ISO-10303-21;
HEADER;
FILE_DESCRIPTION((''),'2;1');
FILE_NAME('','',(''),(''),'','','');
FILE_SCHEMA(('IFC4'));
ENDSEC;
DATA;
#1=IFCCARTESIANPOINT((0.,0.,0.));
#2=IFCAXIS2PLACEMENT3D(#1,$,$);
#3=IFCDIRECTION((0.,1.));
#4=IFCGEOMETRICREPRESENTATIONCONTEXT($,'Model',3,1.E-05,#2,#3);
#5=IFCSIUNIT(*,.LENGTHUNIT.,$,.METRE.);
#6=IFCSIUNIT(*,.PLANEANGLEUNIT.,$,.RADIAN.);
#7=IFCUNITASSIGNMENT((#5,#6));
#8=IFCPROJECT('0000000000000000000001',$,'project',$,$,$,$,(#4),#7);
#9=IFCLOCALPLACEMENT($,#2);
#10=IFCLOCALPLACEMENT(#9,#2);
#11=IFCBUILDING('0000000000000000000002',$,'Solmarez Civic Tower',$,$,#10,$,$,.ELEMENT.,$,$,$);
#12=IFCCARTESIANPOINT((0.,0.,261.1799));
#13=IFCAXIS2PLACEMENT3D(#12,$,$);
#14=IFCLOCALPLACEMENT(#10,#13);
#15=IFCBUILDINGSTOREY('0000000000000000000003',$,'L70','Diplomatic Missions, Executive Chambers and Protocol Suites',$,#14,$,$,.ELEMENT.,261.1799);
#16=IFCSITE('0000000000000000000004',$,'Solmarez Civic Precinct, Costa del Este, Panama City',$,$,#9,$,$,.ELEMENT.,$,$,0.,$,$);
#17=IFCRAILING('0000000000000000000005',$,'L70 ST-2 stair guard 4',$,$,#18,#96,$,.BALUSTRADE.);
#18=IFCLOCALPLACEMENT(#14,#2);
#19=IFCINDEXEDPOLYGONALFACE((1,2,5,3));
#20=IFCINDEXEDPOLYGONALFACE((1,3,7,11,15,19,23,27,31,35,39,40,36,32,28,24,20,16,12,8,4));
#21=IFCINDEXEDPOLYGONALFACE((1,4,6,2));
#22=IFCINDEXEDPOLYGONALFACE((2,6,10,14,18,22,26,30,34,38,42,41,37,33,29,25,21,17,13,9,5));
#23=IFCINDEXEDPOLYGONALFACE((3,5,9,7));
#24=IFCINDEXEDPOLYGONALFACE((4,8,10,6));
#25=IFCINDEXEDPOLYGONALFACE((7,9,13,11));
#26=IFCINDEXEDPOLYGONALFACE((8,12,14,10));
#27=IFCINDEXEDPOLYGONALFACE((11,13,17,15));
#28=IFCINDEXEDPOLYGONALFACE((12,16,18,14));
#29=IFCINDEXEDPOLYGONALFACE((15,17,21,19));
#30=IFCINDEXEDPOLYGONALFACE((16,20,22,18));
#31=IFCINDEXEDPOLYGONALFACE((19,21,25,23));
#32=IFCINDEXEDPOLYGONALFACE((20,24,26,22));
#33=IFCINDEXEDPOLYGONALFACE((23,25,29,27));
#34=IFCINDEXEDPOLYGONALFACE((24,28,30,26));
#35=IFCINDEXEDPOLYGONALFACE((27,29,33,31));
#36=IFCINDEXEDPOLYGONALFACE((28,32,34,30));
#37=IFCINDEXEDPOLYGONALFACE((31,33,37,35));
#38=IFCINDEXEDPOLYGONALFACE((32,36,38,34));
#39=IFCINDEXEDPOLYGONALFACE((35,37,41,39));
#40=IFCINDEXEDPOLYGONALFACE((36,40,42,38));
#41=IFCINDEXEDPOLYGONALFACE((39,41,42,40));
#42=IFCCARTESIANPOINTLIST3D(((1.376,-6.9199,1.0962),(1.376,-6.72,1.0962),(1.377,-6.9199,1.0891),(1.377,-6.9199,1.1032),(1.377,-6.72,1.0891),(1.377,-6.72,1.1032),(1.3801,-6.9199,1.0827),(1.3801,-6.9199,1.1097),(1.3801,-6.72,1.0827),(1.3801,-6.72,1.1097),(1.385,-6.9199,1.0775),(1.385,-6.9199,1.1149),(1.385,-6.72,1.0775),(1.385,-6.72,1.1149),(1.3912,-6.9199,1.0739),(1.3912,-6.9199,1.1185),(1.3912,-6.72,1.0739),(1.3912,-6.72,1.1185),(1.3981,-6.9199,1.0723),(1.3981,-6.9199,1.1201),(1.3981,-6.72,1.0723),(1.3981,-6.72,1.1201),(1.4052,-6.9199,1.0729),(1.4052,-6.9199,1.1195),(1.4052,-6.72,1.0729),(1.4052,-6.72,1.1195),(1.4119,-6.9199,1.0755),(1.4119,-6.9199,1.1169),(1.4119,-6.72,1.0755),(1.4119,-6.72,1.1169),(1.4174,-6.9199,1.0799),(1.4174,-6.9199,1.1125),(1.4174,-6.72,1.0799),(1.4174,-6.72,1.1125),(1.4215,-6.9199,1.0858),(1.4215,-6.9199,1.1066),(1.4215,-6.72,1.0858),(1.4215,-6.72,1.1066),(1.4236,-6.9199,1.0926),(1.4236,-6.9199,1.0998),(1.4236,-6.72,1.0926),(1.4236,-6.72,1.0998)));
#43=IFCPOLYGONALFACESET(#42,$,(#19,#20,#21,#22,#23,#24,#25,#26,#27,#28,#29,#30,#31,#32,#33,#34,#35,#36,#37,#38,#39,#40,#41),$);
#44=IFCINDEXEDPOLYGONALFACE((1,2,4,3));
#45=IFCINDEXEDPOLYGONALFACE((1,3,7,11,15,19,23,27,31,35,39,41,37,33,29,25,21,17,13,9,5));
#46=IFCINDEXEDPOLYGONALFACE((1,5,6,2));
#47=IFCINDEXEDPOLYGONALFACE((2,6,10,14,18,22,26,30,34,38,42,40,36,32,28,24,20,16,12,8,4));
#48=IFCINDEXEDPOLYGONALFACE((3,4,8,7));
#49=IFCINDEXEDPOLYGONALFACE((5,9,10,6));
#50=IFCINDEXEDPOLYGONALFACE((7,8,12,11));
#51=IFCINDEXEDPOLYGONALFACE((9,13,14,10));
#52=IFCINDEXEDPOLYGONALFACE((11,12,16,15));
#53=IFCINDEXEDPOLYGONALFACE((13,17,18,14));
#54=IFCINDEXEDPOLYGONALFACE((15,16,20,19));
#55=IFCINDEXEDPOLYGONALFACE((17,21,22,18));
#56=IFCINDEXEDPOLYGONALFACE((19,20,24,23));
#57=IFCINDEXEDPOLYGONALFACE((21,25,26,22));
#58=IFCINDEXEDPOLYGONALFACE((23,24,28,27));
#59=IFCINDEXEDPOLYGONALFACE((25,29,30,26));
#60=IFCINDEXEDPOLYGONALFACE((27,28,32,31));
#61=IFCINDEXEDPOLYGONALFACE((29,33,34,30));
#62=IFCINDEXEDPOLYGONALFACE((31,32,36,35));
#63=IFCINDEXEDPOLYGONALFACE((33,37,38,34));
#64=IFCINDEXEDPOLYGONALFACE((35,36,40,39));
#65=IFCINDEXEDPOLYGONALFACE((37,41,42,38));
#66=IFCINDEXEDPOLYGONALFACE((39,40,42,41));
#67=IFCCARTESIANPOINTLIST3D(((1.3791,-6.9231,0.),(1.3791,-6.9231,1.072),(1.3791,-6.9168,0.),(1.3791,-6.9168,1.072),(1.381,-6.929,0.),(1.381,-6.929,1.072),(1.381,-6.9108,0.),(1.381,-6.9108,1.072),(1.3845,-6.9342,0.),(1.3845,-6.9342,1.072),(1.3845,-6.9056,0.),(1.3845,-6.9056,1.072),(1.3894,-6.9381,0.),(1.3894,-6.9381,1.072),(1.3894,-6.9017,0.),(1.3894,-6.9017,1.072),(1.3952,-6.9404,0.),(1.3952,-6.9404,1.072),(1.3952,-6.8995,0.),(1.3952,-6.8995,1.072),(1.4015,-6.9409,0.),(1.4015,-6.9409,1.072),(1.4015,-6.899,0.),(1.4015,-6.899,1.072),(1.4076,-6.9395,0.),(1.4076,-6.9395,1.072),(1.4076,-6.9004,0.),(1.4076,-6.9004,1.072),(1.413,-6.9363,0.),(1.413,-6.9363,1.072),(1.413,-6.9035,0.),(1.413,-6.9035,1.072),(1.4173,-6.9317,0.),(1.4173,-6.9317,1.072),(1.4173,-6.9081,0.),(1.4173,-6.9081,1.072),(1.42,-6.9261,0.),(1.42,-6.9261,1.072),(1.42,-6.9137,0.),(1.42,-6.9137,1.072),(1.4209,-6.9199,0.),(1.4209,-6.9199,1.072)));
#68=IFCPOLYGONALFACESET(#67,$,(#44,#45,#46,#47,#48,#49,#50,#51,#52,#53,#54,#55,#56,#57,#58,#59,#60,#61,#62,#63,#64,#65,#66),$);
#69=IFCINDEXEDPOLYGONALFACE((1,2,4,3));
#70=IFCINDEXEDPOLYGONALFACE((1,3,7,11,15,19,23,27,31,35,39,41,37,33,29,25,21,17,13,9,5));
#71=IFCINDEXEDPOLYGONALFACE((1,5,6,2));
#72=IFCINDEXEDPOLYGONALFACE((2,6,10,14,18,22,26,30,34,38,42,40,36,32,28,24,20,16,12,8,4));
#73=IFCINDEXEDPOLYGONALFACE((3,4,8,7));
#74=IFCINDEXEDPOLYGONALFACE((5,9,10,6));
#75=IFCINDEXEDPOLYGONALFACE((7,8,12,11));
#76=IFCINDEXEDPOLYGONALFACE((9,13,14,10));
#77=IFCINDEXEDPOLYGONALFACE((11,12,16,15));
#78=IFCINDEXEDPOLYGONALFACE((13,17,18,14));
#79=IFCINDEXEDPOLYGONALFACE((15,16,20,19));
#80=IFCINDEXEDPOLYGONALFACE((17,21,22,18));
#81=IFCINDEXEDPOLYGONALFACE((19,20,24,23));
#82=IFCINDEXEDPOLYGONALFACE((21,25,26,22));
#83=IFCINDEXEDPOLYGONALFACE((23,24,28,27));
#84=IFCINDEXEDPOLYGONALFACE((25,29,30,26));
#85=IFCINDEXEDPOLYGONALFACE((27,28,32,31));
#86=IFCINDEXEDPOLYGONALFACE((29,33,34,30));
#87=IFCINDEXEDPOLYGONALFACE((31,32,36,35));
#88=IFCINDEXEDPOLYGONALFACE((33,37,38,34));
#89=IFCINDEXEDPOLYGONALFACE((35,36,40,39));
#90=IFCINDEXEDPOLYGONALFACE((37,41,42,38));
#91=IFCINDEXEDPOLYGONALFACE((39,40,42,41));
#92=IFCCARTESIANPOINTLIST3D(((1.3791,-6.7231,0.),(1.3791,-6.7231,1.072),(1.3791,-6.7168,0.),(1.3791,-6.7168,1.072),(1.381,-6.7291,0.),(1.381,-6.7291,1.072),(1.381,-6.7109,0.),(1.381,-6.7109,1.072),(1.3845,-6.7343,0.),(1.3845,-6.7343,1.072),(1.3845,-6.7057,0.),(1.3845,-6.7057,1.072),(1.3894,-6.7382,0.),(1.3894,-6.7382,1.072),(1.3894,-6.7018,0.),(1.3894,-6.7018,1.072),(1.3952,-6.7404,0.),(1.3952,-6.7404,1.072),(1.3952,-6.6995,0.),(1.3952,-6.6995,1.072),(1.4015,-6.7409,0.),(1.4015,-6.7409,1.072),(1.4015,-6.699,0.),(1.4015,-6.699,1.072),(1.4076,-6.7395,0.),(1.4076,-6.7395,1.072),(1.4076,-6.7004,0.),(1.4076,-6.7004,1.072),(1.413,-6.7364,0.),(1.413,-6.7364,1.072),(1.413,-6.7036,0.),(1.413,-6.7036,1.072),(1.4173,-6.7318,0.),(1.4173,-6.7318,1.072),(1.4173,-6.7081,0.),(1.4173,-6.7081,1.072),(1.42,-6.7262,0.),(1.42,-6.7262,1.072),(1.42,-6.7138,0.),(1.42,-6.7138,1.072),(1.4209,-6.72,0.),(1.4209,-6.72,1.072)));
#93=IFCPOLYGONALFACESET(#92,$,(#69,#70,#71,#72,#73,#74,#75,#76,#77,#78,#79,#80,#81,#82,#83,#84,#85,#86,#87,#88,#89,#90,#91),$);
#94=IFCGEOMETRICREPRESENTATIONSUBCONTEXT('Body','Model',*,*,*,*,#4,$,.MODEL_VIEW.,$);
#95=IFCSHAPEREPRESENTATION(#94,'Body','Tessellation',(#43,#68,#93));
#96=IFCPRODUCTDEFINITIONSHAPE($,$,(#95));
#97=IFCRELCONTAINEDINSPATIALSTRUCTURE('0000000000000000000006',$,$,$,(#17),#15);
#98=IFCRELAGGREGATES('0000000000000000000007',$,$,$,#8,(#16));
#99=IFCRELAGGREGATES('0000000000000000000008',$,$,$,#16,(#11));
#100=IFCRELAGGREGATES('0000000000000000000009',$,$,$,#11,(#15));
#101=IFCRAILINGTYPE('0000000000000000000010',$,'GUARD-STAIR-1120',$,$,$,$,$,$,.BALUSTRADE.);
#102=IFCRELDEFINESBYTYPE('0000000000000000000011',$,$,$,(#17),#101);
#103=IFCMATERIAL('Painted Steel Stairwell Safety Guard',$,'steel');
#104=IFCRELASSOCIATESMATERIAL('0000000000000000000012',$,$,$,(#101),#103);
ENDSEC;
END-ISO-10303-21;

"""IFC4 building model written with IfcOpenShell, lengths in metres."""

from ifc_helpers import new_model, si_unit, direction, frame, origin, origin_2d, place, context, subcontext, project, spatial, circle, extrude, material, type_object, element, save


model = new_model("IFC4")

# Units and contexts
model_context = context("Model", 3, precision=1e-05, world=origin(), true_north=direction((0.0, 1.0)))
body_context = subcontext(model_context, "Body", "Model", "MODEL_VIEW")
ifc_project = project(units=[si_unit("LENGTHUNIT", "METRE"), si_unit("PLANEANGLEUNIT", "RADIAN")], contexts=[model_context])

# Site, building, storey
site_placement = place(None, origin())
site = spatial("IfcSite", under=ifc_project, at=site_placement, Name="Solmarez Civic Precinct, Costa del Este, Panama City", CompositionType="ELEMENT", RefElevation=0.0)
building_placement = place(site_placement, origin())
building = spatial("IfcBuilding", under=site, at=building_placement, Name="Solmarez Civic Tower", CompositionType="ELEMENT")
storey_placement = place(building_placement, frame((0.0, 0.0, 261.1799)))
storey = spatial("IfcBuildingStorey", under=building, at=storey_placement, Name="L70", Description="Diplomatic Missions, Executive Chambers and Protocol Suites", CompositionType="ELEMENT", Elevation=261.1799)

# Railing
ifc_material_1 = material(Name="Painted Steel Stairwell Safety Guard", Category="steel")
railing_type_1 = type_object("IfcRailingType", Name="GUARD-STAIR-1120", PredefinedType="BALUSTRADE", material=ifc_material_1)
railing_1_placement = place(storey_placement, frame((1.3999, -6.9199, 0.0)))
element("IfcRailing", 1, at=railing_1_placement, inside=storey, type_object=railing_type_1, Name="L70 ST-2 stair guard 4", PredefinedType="BALUSTRADE", context=body_context, shape_type="SweptSolid", body=[
    extrude(circle(Radius=0.0239, at=origin_2d()), frame((0.0, 0.0, 1.0962), z_axis=(0.0, 1.0, 0.0), x_axis=(-1.0, 0.0, 0.0)), (0.0, 0.0, 1.0), 0.2),
    extrude(circle(Radius=0.021, at=origin_2d()), origin(), (0.0, 0.0, 1.0), 1.072),
    extrude(circle(Radius=0.021, at=origin_2d()), frame((0.0, 0.2, 0.0)), (0.0, 0.0, 1.0), 1.072),
])

save(model, "model.ifc")
